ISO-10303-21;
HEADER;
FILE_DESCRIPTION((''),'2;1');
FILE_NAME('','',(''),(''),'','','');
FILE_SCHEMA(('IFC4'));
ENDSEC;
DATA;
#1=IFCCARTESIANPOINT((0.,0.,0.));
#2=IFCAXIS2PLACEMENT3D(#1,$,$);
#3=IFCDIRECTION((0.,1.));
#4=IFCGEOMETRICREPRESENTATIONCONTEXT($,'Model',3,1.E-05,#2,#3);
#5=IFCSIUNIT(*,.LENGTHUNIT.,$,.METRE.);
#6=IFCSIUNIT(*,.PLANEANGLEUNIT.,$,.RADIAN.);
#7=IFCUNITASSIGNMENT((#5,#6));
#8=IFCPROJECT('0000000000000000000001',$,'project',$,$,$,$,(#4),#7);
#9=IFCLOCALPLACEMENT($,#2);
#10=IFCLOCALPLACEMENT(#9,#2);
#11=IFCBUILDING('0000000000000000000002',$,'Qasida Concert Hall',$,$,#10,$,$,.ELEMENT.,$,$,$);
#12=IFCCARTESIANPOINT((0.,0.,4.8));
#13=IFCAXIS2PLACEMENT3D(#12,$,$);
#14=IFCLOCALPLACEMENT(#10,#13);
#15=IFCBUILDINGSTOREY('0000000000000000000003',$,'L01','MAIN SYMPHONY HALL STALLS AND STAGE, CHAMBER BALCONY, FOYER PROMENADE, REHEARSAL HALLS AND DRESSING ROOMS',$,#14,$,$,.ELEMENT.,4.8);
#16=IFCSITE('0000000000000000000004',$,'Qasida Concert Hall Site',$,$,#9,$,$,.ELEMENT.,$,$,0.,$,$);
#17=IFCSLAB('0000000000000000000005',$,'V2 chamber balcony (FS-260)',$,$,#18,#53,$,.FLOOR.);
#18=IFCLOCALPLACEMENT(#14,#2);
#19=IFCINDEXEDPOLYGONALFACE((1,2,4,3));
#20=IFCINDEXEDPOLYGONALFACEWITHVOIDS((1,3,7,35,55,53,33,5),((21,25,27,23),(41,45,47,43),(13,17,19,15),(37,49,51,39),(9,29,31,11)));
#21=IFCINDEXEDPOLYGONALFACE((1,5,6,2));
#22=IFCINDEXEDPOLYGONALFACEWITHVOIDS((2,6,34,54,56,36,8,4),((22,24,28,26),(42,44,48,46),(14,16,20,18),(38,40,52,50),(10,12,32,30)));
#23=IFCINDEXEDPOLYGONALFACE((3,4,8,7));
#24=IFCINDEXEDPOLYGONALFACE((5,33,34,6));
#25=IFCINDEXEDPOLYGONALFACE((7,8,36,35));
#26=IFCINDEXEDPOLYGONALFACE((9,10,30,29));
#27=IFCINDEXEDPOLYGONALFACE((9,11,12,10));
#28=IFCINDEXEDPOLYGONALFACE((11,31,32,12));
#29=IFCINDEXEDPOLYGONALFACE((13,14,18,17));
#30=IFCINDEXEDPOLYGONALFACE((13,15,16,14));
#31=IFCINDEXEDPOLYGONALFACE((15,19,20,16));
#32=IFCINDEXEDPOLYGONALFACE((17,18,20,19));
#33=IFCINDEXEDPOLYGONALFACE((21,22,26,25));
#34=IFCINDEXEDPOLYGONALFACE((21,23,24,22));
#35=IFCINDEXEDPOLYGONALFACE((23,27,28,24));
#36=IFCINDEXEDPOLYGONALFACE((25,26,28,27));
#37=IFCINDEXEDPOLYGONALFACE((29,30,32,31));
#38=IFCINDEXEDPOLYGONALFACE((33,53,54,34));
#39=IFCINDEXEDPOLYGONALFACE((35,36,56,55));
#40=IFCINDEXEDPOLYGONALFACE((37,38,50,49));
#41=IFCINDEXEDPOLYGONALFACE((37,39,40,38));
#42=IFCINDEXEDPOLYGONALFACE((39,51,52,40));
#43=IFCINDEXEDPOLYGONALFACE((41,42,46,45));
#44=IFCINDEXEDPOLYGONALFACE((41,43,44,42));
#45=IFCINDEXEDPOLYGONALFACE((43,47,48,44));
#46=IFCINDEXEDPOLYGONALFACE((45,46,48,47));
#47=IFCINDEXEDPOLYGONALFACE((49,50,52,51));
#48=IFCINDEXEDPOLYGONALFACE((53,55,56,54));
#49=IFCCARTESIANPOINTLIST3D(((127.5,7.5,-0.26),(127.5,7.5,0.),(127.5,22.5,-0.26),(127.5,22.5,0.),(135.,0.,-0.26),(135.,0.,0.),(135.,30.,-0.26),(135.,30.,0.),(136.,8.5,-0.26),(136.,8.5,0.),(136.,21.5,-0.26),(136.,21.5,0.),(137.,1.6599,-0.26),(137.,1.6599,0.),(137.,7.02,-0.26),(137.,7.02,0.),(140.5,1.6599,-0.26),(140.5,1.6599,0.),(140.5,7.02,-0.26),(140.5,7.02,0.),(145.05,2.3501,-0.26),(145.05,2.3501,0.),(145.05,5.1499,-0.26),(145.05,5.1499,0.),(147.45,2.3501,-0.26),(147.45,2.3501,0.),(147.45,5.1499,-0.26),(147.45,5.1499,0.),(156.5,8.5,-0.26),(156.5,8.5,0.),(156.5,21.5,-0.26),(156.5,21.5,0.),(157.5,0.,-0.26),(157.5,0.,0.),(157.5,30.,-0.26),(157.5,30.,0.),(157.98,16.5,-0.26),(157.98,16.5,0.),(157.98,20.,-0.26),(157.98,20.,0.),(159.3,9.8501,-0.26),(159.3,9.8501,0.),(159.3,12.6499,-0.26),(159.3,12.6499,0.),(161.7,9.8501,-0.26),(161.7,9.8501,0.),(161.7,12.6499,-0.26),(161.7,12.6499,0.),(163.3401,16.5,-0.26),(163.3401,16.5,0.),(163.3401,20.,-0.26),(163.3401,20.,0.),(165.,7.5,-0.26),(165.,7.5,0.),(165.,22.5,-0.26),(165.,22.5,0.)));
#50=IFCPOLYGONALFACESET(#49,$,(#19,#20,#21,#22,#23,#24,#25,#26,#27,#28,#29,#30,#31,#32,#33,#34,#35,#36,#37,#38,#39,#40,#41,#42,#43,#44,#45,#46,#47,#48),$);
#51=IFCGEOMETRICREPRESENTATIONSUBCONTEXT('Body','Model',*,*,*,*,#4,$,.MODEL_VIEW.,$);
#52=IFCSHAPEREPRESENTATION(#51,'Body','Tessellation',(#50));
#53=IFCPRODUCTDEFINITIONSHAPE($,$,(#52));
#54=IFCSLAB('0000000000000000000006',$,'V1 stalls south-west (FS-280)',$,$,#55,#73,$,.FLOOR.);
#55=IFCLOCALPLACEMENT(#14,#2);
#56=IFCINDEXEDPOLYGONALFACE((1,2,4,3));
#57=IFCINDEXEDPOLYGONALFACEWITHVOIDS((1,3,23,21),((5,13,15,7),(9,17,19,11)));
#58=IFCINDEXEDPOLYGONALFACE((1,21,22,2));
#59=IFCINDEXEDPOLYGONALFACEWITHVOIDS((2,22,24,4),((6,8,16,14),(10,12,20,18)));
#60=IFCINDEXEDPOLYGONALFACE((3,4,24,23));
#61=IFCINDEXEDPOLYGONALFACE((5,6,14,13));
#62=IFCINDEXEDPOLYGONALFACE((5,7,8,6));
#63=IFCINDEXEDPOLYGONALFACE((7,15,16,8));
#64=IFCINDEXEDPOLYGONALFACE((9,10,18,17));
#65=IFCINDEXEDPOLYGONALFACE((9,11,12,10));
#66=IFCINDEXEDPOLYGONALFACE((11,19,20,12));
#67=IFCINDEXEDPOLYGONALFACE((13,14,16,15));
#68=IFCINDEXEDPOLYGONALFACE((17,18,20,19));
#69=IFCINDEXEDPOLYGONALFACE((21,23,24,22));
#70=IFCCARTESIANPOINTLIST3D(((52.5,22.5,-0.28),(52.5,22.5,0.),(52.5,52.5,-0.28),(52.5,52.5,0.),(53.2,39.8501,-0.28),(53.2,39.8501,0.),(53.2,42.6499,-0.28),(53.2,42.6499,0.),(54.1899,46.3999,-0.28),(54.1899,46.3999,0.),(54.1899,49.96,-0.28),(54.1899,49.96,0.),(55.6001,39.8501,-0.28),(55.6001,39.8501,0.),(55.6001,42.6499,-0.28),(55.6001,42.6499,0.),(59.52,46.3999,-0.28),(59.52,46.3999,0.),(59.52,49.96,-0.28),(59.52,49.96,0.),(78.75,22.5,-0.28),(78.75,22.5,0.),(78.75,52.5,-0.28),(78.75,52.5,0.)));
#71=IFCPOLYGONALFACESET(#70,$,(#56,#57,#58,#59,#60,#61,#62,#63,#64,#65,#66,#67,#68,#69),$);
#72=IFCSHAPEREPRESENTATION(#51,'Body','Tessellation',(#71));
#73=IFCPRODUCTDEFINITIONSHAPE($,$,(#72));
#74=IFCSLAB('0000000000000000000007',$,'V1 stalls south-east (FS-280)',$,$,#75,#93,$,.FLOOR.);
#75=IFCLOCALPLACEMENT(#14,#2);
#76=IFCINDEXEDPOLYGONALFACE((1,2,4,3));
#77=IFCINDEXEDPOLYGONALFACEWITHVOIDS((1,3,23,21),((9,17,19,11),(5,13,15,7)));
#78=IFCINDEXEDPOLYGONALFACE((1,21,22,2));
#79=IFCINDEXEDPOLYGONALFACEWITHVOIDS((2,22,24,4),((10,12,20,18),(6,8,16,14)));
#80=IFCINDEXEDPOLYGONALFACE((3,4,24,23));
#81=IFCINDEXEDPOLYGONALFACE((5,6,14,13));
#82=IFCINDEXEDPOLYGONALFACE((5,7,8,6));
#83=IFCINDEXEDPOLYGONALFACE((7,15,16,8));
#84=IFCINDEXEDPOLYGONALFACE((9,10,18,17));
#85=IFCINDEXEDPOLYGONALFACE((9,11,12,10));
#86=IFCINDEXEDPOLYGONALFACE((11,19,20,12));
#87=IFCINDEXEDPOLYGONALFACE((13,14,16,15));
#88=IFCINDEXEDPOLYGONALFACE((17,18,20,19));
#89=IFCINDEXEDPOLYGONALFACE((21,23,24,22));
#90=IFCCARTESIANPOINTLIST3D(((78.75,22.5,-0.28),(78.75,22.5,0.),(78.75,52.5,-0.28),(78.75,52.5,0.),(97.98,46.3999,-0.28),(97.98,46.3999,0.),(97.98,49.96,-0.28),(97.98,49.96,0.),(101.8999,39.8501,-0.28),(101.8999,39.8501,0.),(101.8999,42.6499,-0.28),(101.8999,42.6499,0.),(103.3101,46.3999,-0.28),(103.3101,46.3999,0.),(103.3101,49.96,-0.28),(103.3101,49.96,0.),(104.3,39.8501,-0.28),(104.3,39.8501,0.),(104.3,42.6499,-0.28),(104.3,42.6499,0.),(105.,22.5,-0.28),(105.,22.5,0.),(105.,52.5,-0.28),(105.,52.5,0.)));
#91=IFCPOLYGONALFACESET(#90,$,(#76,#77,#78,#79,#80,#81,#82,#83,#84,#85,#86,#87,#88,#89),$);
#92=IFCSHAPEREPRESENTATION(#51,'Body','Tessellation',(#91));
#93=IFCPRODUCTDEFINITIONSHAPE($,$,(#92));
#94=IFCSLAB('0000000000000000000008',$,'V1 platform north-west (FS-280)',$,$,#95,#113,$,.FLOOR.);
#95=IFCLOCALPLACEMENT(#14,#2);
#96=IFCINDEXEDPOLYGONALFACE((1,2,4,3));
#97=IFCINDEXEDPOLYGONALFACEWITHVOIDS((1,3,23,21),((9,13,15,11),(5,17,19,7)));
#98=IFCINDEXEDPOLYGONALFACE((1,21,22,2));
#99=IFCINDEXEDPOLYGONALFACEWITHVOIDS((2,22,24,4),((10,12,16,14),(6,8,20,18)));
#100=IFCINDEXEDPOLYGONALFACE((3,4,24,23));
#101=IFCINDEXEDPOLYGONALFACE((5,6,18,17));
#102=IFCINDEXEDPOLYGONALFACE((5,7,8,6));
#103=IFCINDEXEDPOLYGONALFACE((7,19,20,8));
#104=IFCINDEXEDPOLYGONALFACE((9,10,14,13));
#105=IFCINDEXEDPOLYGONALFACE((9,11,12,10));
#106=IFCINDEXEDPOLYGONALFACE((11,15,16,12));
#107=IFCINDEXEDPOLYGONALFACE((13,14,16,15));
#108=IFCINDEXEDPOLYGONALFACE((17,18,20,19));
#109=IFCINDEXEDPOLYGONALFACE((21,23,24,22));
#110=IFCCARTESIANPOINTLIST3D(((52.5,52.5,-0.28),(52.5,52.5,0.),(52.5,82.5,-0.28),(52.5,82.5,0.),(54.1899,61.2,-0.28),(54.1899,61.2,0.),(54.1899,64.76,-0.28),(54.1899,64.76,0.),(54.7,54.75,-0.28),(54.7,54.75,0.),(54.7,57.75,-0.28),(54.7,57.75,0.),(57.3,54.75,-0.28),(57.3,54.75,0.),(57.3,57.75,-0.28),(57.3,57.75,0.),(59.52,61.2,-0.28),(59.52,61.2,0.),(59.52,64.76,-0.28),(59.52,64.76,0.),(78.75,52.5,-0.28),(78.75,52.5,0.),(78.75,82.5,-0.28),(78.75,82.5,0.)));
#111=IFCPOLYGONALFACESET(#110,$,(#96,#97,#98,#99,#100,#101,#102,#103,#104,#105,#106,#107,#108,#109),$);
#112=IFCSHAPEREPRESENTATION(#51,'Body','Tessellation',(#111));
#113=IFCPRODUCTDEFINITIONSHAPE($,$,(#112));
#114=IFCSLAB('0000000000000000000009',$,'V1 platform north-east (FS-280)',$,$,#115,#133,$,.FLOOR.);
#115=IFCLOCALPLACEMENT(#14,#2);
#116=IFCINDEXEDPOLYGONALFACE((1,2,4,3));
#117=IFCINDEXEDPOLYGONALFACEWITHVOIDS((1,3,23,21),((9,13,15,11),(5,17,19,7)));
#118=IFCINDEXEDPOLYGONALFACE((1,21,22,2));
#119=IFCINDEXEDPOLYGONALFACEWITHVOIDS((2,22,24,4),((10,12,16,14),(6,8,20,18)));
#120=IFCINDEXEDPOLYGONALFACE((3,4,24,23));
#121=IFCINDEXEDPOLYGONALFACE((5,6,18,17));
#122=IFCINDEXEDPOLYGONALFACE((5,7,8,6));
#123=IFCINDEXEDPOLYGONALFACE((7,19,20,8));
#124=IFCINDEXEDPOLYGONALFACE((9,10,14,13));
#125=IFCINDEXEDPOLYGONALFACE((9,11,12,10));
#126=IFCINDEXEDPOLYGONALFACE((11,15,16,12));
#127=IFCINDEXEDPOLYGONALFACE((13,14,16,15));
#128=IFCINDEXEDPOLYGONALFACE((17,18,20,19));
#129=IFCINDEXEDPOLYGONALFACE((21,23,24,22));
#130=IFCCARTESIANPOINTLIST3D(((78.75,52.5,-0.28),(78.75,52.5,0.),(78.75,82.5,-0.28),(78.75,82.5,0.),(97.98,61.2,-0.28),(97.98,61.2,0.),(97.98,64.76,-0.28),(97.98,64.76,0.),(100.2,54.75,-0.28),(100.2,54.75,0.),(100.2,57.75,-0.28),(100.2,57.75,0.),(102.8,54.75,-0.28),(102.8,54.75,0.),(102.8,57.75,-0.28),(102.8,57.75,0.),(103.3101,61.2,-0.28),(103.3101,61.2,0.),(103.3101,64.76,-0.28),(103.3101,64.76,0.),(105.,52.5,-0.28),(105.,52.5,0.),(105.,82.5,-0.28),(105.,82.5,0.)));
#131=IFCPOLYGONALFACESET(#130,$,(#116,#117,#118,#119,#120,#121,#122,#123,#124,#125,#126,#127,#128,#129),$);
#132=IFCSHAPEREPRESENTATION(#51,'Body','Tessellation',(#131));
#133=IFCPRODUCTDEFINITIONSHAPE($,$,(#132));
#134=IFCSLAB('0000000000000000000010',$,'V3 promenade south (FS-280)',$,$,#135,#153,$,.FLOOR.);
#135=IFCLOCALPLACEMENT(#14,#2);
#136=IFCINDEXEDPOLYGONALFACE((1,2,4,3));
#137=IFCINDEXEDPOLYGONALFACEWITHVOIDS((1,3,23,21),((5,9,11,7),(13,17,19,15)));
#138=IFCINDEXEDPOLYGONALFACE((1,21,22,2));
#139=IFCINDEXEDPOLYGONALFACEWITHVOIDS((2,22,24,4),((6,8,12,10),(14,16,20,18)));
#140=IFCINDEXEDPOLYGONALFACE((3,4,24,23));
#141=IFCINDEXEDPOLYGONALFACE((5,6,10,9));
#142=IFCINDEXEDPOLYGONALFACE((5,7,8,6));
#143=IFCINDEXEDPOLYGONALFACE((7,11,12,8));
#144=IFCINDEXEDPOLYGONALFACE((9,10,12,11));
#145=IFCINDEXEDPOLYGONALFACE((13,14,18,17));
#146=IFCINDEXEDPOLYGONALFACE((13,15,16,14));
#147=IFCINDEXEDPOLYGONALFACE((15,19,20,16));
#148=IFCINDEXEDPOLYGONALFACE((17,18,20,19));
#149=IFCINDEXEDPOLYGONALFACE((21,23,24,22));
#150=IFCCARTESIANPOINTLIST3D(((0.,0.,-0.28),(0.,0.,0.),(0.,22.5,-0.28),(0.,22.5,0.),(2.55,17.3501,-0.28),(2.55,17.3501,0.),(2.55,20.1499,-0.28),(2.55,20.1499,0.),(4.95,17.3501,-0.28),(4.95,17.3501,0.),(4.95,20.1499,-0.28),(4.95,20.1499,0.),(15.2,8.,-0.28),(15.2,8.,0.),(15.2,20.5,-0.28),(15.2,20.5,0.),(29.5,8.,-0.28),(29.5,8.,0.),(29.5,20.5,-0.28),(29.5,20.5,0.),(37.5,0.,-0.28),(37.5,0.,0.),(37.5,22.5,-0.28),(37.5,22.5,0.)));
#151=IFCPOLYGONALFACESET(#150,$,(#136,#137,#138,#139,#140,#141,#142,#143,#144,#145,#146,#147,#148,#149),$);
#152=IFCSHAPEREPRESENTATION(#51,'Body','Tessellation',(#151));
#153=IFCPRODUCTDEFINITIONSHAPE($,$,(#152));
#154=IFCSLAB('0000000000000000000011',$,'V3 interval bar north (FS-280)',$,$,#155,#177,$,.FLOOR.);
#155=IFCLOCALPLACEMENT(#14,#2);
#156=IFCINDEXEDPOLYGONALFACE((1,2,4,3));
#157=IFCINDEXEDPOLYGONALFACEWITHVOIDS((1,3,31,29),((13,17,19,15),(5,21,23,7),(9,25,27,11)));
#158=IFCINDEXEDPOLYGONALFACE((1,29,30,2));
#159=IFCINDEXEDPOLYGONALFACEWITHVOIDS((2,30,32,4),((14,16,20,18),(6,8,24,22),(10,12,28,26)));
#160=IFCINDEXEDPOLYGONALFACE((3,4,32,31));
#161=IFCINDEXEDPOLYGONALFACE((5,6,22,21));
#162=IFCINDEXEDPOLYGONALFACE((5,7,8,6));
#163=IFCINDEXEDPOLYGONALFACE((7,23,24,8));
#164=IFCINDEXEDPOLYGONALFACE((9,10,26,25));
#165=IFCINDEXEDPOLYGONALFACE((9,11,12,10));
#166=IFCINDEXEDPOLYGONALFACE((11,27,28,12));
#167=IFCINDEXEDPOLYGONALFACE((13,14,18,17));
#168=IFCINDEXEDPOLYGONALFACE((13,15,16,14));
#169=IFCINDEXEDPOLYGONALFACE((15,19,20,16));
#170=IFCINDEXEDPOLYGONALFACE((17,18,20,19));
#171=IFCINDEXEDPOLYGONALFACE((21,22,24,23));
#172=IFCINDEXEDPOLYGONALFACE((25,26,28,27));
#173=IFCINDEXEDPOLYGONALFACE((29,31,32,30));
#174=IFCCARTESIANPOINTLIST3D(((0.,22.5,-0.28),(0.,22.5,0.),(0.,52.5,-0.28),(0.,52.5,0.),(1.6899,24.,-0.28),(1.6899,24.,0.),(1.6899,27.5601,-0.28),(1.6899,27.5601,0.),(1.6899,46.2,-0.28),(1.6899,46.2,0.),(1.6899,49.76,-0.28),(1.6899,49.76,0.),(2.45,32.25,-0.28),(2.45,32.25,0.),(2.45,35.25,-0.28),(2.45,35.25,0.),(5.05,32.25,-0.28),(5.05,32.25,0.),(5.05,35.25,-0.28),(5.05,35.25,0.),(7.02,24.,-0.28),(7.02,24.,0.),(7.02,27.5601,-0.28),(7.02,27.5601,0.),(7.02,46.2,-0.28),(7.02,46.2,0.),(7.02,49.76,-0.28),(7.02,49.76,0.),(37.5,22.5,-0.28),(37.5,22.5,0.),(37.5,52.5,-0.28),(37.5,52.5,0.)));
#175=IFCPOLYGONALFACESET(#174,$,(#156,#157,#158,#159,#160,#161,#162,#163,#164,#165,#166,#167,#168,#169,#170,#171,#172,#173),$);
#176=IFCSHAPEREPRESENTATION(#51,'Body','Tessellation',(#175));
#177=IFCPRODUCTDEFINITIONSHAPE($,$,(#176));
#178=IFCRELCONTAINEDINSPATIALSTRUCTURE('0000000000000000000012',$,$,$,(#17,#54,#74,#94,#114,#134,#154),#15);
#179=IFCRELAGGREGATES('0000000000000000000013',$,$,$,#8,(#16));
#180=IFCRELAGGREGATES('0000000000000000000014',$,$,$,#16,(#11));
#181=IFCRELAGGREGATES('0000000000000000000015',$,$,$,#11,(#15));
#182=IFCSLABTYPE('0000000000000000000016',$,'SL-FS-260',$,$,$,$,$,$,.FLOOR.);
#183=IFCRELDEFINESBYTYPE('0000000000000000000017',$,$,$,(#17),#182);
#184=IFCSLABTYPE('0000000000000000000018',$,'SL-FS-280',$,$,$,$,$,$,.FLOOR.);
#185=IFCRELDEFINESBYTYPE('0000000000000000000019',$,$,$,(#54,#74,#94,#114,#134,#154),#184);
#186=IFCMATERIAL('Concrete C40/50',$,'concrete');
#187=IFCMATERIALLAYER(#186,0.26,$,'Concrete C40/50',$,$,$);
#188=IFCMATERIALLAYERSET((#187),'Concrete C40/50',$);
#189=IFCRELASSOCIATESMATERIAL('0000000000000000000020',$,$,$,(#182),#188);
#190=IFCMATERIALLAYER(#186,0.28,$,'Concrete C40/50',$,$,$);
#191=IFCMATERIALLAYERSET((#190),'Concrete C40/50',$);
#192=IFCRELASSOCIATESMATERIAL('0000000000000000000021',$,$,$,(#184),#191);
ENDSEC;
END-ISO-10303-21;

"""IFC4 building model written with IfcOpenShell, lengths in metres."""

from ifc_helpers import new_model, si_unit, direction, frame, origin, place, context, subcontext, project, spatial, polyline, outline, extrude, material, layer, layer_set, type_object, element, save


model = new_model("IFC4")

# Units and contexts
model_context = context("Model", 3, precision=1e-05, world=origin(), true_north=direction((0.0, 1.0)))
body_context = subcontext(model_context, "Body", "Model", "MODEL_VIEW")
ifc_project = project(units=[si_unit("LENGTHUNIT", "METRE"), si_unit("PLANEANGLEUNIT", "RADIAN")], contexts=[model_context])

# Site, building, storey
site_placement = place(None, origin())
site = spatial("IfcSite", under=ifc_project, at=site_placement, Name="Qasida Concert Hall Site", CompositionType="ELEMENT", RefElevation=0.0)
building_placement = place(site_placement, origin())
building = spatial("IfcBuilding", under=site, at=building_placement, Name="Qasida Concert Hall", CompositionType="ELEMENT")
storey_placement = place(building_placement, frame((0.0, 0.0, 4.8)))
storey = spatial("IfcBuildingStorey", under=building, at=storey_placement, Name="L01", Description="MAIN SYMPHONY HALL STALLS AND STAGE, CHAMBER BALCONY, FOYER PROMENADE, REHEARSAL HALLS AND DRESSING ROOMS", CompositionType="ELEMENT", Elevation=4.8)

# Slabs
ifc_material_1 = material(Name="Concrete C40/50", Category="concrete")
ifc_layer_1 = layer(ifc_material_1, 0.26, Name="Concrete C40/50")
ifc_layer_set_1 = layer_set([ifc_layer_1], Name="Concrete C40/50")
slab_type_1 = type_object("IfcSlabType", Name="SL-FS-260", PredefinedType="FLOOR", material=ifc_layer_set_1)
slab_1_placement = place(storey_placement, frame((0.0, 0.0, -0.26)))
element("IfcSlab", 1, at=slab_1_placement, inside=storey, type_object=slab_type_1, Name="V2 chamber balcony (FS-260)", PredefinedType="FLOOR", context=body_context, shape_type="SweptSolid", body=[
    extrude(outline(polyline([(135.0, 0.0), (157.5, 0.0), (165.0, 7.5), (165.0, 22.5), (157.5, 30.0), (135.0, 30.0), (127.5, 22.5), (127.5, 7.5), (135.0, 0.0)]), holes=[polyline([(137.0, 1.6599), (140.5, 1.6599), (140.5, 7.02), (137.0, 7.02), (137.0, 1.6599)]), polyline([(145.05, 2.3501), (147.45, 2.3501), (147.45, 5.1499), (145.05, 5.1499), (145.05, 2.3501)]), polyline([(136.0, 8.5), (156.5, 8.5), (156.5, 21.5), (136.0, 21.5), (136.0, 8.5)]), polyline([(159.3, 9.8501), (161.7, 9.8501), (161.7, 12.6499), (159.3, 12.6499), (159.3, 9.8501)]), polyline([(157.98, 16.5), (163.3401, 16.5), (163.3401, 20.0), (157.98, 20.0), (157.98, 16.5)])]), origin(), (0.0, 0.0, 1.0), 0.26),
])
ifc_layer_2 = layer(ifc_material_1, 0.28, Name="Concrete C40/50")
ifc_layer_set_2 = layer_set([ifc_layer_2], Name="Concrete C40/50")
slab_type_2 = type_object("IfcSlabType", Name="SL-FS-280", PredefinedType="FLOOR", material=ifc_layer_set_2)
slab_2_placement = place(storey_placement, frame((0.0, 0.0, -0.28)))
element("IfcSlab", 2, at=slab_2_placement, inside=storey, type_object=slab_type_2, Name="V1 stalls south-west (FS-280)", PredefinedType="FLOOR", context=body_context, shape_type="SweptSolid", body=[
    extrude(outline(polyline([(52.5, 22.5), (78.75, 22.5), (78.75, 52.5), (52.5, 52.5), (52.5, 22.5)]), holes=[polyline([(53.2, 39.8501), (55.6001, 39.8501), (55.6001, 42.6499), (53.2, 42.6499), (53.2, 39.8501)]), polyline([(54.1899, 46.3999), (59.52, 46.3999), (59.52, 49.96), (54.1899, 49.96), (54.1899, 46.3999)])]), origin(), (0.0, 0.0, 1.0), 0.28),
])
slab_3_placement = place(storey_placement, frame((0.0, 0.0, -0.28)))
element("IfcSlab", 3, at=slab_3_placement, inside=storey, type_object=slab_type_2, Name="V1 stalls south-east (FS-280)", PredefinedType="FLOOR", context=body_context, shape_type="SweptSolid", body=[
    extrude(outline(polyline([(78.75, 22.5), (105.0, 22.5), (105.0, 52.5), (78.75, 52.5), (78.75, 22.5)]), holes=[polyline([(101.8999, 39.8501), (104.3, 39.8501), (104.3, 42.6499), (101.8999, 42.6499), (101.8999, 39.8501)]), polyline([(97.98, 46.3999), (103.3101, 46.3999), (103.3101, 49.96), (97.98, 49.96), (97.98, 46.3999)])]), origin(), (0.0, 0.0, 1.0), 0.28),
])
slab_4_placement = place(storey_placement, frame((0.0, 0.0, -0.28)))
element("IfcSlab", 4, at=slab_4_placement, inside=storey, type_object=slab_type_2, Name="V1 platform north-west (FS-280)", PredefinedType="FLOOR", context=body_context, shape_type="SweptSolid", body=[
    extrude(outline(polyline([(52.5, 52.5), (78.75, 52.5), (78.75, 82.5), (52.5, 82.5), (52.5, 52.5)]), holes=[polyline([(54.7, 54.75), (57.3, 54.75), (57.3, 57.75), (54.7, 57.75), (54.7, 54.75)]), polyline([(54.1899, 61.2), (59.52, 61.2), (59.52, 64.76), (54.1899, 64.76), (54.1899, 61.2)])]), origin(), (0.0, 0.0, 1.0), 0.28),
])
slab_5_placement = place(storey_placement, frame((0.0, 0.0, -0.28)))
element("IfcSlab", 5, at=slab_5_placement, inside=storey, type_object=slab_type_2, Name="V1 platform north-east (FS-280)", PredefinedType="FLOOR", context=body_context, shape_type="SweptSolid", body=[
    extrude(outline(polyline([(78.75, 52.5), (105.0, 52.5), (105.0, 82.5), (78.75, 82.5), (78.75, 52.5)]), holes=[polyline([(100.2, 54.75), (102.8, 54.75), (102.8, 57.75), (100.2, 57.75), (100.2, 54.75)]), polyline([(97.98, 61.2), (103.3101, 61.2), (103.3101, 64.76), (97.98, 64.76), (97.98, 61.2)])]), origin(), (0.0, 0.0, 1.0), 0.28),
])
slab_6_placement = place(storey_placement, frame((0.0, 0.0, -0.28)))
element("IfcSlab", 6, at=slab_6_placement, inside=storey, type_object=slab_type_2, Name="V3 promenade south (FS-280)", PredefinedType="FLOOR", context=body_context, shape_type="SweptSolid", body=[
    extrude(outline(polyline([(0.0, 0.0), (37.5, 0.0), (37.5, 22.5), (0.0, 22.5), (0.0, 0.0)]), holes=[polyline([(15.2, 8.0), (29.5, 8.0), (29.5, 20.5), (15.2, 20.5), (15.2, 8.0)]), polyline([(2.55, 17.3501), (4.95, 17.3501), (4.95, 20.1499), (2.55, 20.1499), (2.55, 17.3501)])]), origin(), (0.0, 0.0, 1.0), 0.28),
])
slab_7_placement = place(storey_placement, frame((0.0, 0.0, -0.28)))
element("IfcSlab", 7, at=slab_7_placement, inside=storey, type_object=slab_type_2, Name="V3 interval bar north (FS-280)", PredefinedType="FLOOR", context=body_context, shape_type="SweptSolid", body=[
    extrude(outline(polyline([(0.0, 22.5), (37.5, 22.5), (37.5, 52.5), (0.0, 52.5), (0.0, 22.5)]), holes=[polyline([(1.6899, 24.0), (7.02, 24.0), (7.02, 27.5601), (1.6899, 27.5601), (1.6899, 24.0)]), polyline([(2.45, 32.25), (5.05, 32.25), (5.05, 35.25), (2.45, 35.25), (2.45, 32.25)]), polyline([(1.6899, 46.2), (7.02, 46.2), (7.02, 49.76), (1.6899, 49.76), (1.6899, 46.2)])]), origin(), (0.0, 0.0, 1.0), 0.28),
])

save(model, "model.ifc")
